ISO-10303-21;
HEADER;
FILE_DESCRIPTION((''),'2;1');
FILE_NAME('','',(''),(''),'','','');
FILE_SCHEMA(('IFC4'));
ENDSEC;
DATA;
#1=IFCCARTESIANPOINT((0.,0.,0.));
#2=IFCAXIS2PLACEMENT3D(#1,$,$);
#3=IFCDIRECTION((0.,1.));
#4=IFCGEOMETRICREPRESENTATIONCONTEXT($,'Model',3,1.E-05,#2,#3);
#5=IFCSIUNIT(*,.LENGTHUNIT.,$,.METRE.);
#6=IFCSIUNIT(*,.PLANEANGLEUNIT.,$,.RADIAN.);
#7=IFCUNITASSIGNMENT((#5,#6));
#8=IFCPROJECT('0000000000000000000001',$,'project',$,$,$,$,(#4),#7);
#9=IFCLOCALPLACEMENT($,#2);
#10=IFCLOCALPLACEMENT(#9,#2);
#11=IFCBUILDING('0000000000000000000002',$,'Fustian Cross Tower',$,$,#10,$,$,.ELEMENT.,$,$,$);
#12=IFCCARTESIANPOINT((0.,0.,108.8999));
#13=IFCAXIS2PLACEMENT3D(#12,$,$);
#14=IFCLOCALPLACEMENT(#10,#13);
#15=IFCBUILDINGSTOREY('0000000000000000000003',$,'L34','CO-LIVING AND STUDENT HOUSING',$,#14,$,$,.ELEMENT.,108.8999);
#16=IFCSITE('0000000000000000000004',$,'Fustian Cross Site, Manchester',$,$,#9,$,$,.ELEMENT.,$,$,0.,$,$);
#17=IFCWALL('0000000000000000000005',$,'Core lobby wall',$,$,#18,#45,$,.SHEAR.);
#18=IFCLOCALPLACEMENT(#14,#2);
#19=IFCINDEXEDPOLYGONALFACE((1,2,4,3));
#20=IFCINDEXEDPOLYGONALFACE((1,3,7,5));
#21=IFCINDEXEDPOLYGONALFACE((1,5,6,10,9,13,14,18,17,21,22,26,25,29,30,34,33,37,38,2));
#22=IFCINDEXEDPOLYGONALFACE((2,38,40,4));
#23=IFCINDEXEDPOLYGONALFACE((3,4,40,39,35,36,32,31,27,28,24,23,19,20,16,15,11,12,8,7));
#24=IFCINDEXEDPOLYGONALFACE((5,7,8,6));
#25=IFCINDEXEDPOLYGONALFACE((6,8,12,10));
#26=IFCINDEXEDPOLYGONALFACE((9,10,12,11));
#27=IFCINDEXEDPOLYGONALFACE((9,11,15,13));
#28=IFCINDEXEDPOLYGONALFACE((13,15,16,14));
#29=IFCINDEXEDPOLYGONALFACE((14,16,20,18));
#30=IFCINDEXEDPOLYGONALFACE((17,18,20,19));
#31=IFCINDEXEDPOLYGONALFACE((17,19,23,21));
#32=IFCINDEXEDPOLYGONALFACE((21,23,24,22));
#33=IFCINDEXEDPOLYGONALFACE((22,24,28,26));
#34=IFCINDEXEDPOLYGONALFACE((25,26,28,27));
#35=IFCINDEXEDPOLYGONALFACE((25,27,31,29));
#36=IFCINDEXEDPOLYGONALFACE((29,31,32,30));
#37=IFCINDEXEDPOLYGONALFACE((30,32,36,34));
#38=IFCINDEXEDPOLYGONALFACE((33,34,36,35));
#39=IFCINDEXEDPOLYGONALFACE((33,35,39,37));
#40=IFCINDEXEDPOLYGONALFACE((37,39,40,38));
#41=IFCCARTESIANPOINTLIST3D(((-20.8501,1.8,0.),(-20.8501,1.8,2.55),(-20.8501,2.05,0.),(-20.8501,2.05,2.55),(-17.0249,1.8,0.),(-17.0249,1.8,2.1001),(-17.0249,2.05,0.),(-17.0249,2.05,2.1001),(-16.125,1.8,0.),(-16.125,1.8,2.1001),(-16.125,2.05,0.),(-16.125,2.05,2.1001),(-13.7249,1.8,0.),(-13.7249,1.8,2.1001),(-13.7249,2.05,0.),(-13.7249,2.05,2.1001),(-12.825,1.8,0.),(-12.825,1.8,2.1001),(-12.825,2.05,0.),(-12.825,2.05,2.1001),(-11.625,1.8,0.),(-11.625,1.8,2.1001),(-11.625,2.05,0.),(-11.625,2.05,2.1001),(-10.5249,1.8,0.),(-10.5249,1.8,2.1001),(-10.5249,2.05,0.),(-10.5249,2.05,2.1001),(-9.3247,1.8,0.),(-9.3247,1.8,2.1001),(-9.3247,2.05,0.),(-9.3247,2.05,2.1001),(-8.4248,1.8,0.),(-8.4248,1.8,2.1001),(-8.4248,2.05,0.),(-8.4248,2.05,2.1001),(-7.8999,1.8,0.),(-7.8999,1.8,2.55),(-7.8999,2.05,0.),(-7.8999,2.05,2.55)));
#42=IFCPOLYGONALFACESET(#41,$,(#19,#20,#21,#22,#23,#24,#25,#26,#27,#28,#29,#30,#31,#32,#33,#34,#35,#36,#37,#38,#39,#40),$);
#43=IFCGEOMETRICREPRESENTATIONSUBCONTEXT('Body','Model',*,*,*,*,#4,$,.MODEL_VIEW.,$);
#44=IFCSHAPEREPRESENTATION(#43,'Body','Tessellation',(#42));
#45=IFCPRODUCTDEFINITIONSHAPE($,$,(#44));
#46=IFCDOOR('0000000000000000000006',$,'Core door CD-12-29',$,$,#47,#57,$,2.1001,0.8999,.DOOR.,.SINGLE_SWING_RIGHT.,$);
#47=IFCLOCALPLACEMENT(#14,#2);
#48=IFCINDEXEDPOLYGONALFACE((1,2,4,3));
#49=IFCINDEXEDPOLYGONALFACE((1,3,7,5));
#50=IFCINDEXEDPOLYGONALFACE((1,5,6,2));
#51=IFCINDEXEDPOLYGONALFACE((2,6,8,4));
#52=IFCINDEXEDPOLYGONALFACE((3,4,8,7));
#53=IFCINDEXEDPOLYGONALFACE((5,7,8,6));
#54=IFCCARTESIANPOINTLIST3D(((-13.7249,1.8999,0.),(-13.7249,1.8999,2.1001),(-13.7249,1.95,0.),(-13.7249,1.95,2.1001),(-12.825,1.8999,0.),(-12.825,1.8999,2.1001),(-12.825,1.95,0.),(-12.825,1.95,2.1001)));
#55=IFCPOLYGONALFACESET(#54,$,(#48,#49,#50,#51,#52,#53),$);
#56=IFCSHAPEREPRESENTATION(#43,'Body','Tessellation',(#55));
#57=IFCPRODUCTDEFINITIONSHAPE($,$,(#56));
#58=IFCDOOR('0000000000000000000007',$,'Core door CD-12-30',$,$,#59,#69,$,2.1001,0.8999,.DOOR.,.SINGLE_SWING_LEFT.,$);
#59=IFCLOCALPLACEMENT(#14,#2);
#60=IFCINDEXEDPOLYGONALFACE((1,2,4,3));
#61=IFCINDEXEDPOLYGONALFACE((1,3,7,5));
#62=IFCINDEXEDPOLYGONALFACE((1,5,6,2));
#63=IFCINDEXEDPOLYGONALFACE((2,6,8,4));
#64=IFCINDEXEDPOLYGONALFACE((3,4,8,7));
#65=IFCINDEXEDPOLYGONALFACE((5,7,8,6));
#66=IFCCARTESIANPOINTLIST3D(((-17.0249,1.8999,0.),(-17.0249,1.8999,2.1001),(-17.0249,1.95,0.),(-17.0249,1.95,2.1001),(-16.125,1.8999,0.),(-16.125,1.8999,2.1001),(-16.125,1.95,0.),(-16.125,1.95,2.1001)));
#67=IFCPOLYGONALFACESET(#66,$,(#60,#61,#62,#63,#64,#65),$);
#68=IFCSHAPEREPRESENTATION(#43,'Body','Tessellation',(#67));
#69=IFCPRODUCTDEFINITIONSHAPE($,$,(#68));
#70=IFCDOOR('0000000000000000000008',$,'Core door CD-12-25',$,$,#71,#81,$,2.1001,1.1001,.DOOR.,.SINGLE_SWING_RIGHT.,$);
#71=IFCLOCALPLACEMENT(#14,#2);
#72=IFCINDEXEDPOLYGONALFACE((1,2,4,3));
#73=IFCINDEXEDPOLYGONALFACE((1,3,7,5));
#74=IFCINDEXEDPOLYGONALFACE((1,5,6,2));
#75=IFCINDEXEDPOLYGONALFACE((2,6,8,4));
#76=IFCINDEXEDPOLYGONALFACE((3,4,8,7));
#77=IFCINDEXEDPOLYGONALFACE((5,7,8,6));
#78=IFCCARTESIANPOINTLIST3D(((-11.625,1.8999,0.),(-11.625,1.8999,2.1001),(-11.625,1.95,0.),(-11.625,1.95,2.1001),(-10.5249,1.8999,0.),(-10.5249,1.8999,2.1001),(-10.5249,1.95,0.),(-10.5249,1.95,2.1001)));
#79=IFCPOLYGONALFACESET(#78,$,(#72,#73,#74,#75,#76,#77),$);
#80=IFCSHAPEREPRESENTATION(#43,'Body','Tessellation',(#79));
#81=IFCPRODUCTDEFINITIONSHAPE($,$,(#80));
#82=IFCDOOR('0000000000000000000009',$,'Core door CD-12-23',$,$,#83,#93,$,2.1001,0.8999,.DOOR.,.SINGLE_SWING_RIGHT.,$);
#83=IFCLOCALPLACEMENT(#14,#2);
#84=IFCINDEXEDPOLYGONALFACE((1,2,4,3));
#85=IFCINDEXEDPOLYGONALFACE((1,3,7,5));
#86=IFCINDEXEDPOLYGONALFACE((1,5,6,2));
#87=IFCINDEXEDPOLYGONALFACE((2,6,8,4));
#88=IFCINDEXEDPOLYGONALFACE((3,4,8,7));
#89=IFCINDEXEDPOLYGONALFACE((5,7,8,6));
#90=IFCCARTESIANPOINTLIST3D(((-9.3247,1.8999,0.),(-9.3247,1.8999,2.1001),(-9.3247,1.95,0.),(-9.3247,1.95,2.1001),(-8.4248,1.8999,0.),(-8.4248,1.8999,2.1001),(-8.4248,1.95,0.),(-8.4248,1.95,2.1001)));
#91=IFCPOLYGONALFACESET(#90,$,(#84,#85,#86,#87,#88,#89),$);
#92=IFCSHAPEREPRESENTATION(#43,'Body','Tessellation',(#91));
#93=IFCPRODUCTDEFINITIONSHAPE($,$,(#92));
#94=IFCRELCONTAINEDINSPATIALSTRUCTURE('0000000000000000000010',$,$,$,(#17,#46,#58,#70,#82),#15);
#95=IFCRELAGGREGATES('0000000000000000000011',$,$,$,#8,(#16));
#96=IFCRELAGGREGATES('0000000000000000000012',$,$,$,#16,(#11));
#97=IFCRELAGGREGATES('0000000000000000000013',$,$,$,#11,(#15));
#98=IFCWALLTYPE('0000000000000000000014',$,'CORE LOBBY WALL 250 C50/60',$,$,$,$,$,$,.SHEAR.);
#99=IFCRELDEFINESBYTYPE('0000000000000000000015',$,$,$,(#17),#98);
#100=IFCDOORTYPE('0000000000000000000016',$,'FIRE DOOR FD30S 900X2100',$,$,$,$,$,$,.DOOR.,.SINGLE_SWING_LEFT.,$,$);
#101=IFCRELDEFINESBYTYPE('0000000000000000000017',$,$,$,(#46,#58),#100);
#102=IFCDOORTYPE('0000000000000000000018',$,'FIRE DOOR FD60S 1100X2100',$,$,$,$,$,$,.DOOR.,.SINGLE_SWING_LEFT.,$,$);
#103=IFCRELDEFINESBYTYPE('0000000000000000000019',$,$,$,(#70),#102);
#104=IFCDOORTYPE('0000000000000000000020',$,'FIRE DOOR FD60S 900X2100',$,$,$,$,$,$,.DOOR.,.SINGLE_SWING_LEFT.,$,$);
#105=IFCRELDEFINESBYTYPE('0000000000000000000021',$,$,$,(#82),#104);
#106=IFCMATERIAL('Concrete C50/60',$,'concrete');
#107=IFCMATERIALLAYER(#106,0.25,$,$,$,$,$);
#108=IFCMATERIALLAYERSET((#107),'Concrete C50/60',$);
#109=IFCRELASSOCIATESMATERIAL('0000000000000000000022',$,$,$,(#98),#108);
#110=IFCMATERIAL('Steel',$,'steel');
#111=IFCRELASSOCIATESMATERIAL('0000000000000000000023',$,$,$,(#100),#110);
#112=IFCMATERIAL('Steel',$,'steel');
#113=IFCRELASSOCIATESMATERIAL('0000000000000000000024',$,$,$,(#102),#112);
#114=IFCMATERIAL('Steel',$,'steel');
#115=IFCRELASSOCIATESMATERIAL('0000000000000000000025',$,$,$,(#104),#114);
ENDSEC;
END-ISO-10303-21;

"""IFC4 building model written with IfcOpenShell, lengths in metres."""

from ifc_helpers import new_model, si_unit, direction, frame, frame_2d, origin, place, context, subcontext, project, spatial, rectangle, extrude, material, layer, layer_set, type_object, element, fill, save


model = new_model("IFC4")

# Units and contexts
model_context = context("Model", 3, precision=1e-05, world=origin(), true_north=direction((0.0, 1.0)))
body_context = subcontext(model_context, "Body", "Model", "MODEL_VIEW")
ifc_project = project(units=[si_unit("LENGTHUNIT", "METRE"), si_unit("PLANEANGLEUNIT", "RADIAN")], contexts=[model_context])

# Site, building, storey
site_placement = place(None, origin())
site = spatial("IfcSite", under=ifc_project, at=site_placement, Name="Fustian Cross Site, Manchester", CompositionType="ELEMENT", RefElevation=0.0)
building_placement = place(site_placement, origin())
building = spatial("IfcBuilding", under=site, at=building_placement, Name="Fustian Cross Tower", CompositionType="ELEMENT")
storey_placement = place(building_placement, frame((0.0, 0.0, 108.8999)))
storey = spatial("IfcBuildingStorey", under=building, at=storey_placement, Name="L34", Description="CO-LIVING AND STUDENT HOUSING", CompositionType="ELEMENT", Elevation=108.8999)

# Wall, openings, doors
ifc_material_1 = material(Name="Concrete C50/60", Category="concrete")
ifc_layer_1 = layer(ifc_material_1, 0.25)
ifc_layer_set_1 = layer_set([ifc_layer_1], Name="Concrete C50/60")
wall_type_1 = type_object("IfcWallType", Name="CORE LOBBY WALL 250 C50/60", PredefinedType="SHEAR", material=ifc_layer_set_1)
wall_1_placement = place(storey_placement, frame((-7.8999, 1.925, 0.0), z_axis=(0.0, 0.0, 1.0), x_axis=(-1.0, 0.0, 0.0)))
wall_1 = element("IfcWall", 1, at=wall_1_placement, inside=storey, type_object=wall_type_1, Name="Core lobby wall", PredefinedType="SHEAR", context=body_context, shape_type="SweptSolid", body=[
    extrude(rectangle(XDim=12.9502, YDim=0.25, at=frame_2d((6.4751, 0.0))), origin(), (0.0, 0.0, 1.0), 2.55),
])
opening_1_placement = place(wall_1_placement, frame((0.5249, 0.0, 0.0)))
opening_1 = element("IfcOpeningElement", 2, at=opening_1_placement, cuts=wall_1, PredefinedType="OPENING", context=body_context, shape_type="SweptSolid", body=[
    extrude(rectangle(XDim=0.8999, YDim=2.1001, at=frame_2d((0.45, 1.05))), frame((0.0, 0.135, 0.0), z_axis=(0.0, -1.0, 0.0), x_axis=(1.0, 0.0, 0.0)), (0.0, 0.0, 1.0), 0.27),
])
opening_2_placement = place(wall_1_placement, frame((2.625, 0.0, 0.0)))
opening_2 = element("IfcOpeningElement", 3, at=opening_2_placement, cuts=wall_1, PredefinedType="OPENING", context=body_context, shape_type="SweptSolid", body=[
    extrude(rectangle(XDim=1.1001, YDim=2.1001, at=frame_2d((0.55, 1.05))), frame((0.0, 0.135, 0.0), z_axis=(0.0, -1.0, 0.0), x_axis=(1.0, 0.0, 0.0)), (0.0, 0.0, 1.0), 0.27),
])
opening_3_placement = place(wall_1_placement, frame((4.925, 0.0, 0.0)))
opening_3 = element("IfcOpeningElement", 4, at=opening_3_placement, cuts=wall_1, PredefinedType="OPENING", context=body_context, shape_type="SweptSolid", body=[
    extrude(rectangle(XDim=0.8999, YDim=2.1001, at=frame_2d((0.45, 1.05))), frame((0.0, 0.135, 0.0), z_axis=(0.0, -1.0, 0.0), x_axis=(1.0, 0.0, 0.0)), (0.0, 0.0, 1.0), 0.27),
])
opening_4_placement = place(wall_1_placement, frame((8.2251, 0.0, 0.0)))
opening_4 = element("IfcOpeningElement", 5, at=opening_4_placement, cuts=wall_1, PredefinedType="OPENING", context=body_context, shape_type="SweptSolid", body=[
    extrude(rectangle(XDim=0.8999, YDim=2.1001, at=frame_2d((0.45, 1.05))), frame((0.0, 0.135, 0.0), z_axis=(0.0, -1.0, 0.0), x_axis=(1.0, 0.0, 0.0)), (0.0, 0.0, 1.0), 0.27),
])
ifc_material_2 = material(Name="Steel", Category="steel")
door_type_1 = type_object("IfcDoorType", Name="FIRE DOOR FD30S 900X2100", OperationType="SINGLE_SWING_LEFT", PredefinedType="DOOR", material=ifc_material_2)
door_1_placement = place(opening_3_placement, frame((0.8999, 0.0, 0.0), z_axis=(0.0, 0.0, 1.0), x_axis=(-1.0, 0.0, 0.0)))
door_1 = element("IfcDoor", 6, at=door_1_placement, inside=storey, type_object=door_type_1, Name="Core door CD-12-29", OperationType="SINGLE_SWING_RIGHT", OverallHeight=2.1001, OverallWidth=0.8999, PredefinedType="DOOR", context=body_context, shape_type="SweptSolid", body=[
    extrude(rectangle(XDim=0.8999, YDim=2.1001, at=frame_2d((0.45, 1.05))), frame((0.0, 0.0249, 0.0), z_axis=(0.0, -1.0, 0.0), x_axis=(1.0, 0.0, 0.0)), (0.0, 0.0, 1.0), 0.05),
])
fill(opening_3, door_1)
door_2_placement = place(opening_4_placement, frame((0.8999, 0.0, 0.0), z_axis=(0.0, 0.0, 1.0), x_axis=(-1.0, 0.0, 0.0)))
door_2 = element("IfcDoor", 7, at=door_2_placement, inside=storey, type_object=door_type_1, Name="Core door CD-12-30", OperationType="SINGLE_SWING_LEFT", OverallHeight=2.1001, OverallWidth=0.8999, PredefinedType="DOOR", context=body_context, shape_type="SweptSolid", body=[
    extrude(rectangle(XDim=0.8999, YDim=2.1001, at=frame_2d((0.45, 1.05))), frame((0.0, 0.0249, 0.0), z_axis=(0.0, -1.0, 0.0), x_axis=(1.0, 0.0, 0.0)), (0.0, 0.0, 1.0), 0.05),
])
fill(opening_4, door_2)
ifc_material_3 = material(Name="Steel", Category="steel")
door_type_2 = type_object("IfcDoorType", Name="FIRE DOOR FD60S 1100X2100", OperationType="SINGLE_SWING_LEFT", PredefinedType="DOOR", material=ifc_material_3)
door_3_placement = place(opening_2_placement, frame((1.1001, 0.0, 0.0), z_axis=(0.0, 0.0, 1.0), x_axis=(-1.0, 0.0, 0.0)))
door_3 = element("IfcDoor", 8, at=door_3_placement, inside=storey, type_object=door_type_2, Name="Core door CD-12-25", OperationType="SINGLE_SWING_RIGHT", OverallHeight=2.1001, OverallWidth=1.1001, PredefinedType="DOOR", context=body_context, shape_type="SweptSolid", body=[
    extrude(rectangle(XDim=1.1001, YDim=2.1001, at=frame_2d((0.55, 1.05))), frame((0.0, 0.0249, 0.0), z_axis=(0.0, -1.0, 0.0), x_axis=(1.0, 0.0, 0.0)), (0.0, 0.0, 1.0), 0.05),
])
fill(opening_2, door_3)
ifc_material_4 = material(Name="Steel", Category="steel")
door_type_3 = type_object("IfcDoorType", Name="FIRE DOOR FD60S 900X2100", OperationType="SINGLE_SWING_LEFT", PredefinedType="DOOR", material=ifc_material_4)
door_4_placement = place(opening_1_placement, frame((0.8999, 0.0, 0.0), z_axis=(0.0, 0.0, 1.0), x_axis=(-1.0, 0.0, 0.0)))
door_4 = element("IfcDoor", 9, at=door_4_placement, inside=storey, type_object=door_type_3, Name="Core door CD-12-23", OperationType="SINGLE_SWING_RIGHT", OverallHeight=2.1001, OverallWidth=0.8999, PredefinedType="DOOR", context=body_context, shape_type="SweptSolid", body=[
    extrude(rectangle(XDim=0.8999, YDim=2.1001, at=frame_2d((0.45, 1.05))), frame((0.0, 0.0249, 0.0), z_axis=(0.0, -1.0, 0.0), x_axis=(1.0, 0.0, 0.0)), (0.0, 0.0, 1.0), 0.05),
])
fill(opening_1, door_4)

save(model, "model.ifc")
